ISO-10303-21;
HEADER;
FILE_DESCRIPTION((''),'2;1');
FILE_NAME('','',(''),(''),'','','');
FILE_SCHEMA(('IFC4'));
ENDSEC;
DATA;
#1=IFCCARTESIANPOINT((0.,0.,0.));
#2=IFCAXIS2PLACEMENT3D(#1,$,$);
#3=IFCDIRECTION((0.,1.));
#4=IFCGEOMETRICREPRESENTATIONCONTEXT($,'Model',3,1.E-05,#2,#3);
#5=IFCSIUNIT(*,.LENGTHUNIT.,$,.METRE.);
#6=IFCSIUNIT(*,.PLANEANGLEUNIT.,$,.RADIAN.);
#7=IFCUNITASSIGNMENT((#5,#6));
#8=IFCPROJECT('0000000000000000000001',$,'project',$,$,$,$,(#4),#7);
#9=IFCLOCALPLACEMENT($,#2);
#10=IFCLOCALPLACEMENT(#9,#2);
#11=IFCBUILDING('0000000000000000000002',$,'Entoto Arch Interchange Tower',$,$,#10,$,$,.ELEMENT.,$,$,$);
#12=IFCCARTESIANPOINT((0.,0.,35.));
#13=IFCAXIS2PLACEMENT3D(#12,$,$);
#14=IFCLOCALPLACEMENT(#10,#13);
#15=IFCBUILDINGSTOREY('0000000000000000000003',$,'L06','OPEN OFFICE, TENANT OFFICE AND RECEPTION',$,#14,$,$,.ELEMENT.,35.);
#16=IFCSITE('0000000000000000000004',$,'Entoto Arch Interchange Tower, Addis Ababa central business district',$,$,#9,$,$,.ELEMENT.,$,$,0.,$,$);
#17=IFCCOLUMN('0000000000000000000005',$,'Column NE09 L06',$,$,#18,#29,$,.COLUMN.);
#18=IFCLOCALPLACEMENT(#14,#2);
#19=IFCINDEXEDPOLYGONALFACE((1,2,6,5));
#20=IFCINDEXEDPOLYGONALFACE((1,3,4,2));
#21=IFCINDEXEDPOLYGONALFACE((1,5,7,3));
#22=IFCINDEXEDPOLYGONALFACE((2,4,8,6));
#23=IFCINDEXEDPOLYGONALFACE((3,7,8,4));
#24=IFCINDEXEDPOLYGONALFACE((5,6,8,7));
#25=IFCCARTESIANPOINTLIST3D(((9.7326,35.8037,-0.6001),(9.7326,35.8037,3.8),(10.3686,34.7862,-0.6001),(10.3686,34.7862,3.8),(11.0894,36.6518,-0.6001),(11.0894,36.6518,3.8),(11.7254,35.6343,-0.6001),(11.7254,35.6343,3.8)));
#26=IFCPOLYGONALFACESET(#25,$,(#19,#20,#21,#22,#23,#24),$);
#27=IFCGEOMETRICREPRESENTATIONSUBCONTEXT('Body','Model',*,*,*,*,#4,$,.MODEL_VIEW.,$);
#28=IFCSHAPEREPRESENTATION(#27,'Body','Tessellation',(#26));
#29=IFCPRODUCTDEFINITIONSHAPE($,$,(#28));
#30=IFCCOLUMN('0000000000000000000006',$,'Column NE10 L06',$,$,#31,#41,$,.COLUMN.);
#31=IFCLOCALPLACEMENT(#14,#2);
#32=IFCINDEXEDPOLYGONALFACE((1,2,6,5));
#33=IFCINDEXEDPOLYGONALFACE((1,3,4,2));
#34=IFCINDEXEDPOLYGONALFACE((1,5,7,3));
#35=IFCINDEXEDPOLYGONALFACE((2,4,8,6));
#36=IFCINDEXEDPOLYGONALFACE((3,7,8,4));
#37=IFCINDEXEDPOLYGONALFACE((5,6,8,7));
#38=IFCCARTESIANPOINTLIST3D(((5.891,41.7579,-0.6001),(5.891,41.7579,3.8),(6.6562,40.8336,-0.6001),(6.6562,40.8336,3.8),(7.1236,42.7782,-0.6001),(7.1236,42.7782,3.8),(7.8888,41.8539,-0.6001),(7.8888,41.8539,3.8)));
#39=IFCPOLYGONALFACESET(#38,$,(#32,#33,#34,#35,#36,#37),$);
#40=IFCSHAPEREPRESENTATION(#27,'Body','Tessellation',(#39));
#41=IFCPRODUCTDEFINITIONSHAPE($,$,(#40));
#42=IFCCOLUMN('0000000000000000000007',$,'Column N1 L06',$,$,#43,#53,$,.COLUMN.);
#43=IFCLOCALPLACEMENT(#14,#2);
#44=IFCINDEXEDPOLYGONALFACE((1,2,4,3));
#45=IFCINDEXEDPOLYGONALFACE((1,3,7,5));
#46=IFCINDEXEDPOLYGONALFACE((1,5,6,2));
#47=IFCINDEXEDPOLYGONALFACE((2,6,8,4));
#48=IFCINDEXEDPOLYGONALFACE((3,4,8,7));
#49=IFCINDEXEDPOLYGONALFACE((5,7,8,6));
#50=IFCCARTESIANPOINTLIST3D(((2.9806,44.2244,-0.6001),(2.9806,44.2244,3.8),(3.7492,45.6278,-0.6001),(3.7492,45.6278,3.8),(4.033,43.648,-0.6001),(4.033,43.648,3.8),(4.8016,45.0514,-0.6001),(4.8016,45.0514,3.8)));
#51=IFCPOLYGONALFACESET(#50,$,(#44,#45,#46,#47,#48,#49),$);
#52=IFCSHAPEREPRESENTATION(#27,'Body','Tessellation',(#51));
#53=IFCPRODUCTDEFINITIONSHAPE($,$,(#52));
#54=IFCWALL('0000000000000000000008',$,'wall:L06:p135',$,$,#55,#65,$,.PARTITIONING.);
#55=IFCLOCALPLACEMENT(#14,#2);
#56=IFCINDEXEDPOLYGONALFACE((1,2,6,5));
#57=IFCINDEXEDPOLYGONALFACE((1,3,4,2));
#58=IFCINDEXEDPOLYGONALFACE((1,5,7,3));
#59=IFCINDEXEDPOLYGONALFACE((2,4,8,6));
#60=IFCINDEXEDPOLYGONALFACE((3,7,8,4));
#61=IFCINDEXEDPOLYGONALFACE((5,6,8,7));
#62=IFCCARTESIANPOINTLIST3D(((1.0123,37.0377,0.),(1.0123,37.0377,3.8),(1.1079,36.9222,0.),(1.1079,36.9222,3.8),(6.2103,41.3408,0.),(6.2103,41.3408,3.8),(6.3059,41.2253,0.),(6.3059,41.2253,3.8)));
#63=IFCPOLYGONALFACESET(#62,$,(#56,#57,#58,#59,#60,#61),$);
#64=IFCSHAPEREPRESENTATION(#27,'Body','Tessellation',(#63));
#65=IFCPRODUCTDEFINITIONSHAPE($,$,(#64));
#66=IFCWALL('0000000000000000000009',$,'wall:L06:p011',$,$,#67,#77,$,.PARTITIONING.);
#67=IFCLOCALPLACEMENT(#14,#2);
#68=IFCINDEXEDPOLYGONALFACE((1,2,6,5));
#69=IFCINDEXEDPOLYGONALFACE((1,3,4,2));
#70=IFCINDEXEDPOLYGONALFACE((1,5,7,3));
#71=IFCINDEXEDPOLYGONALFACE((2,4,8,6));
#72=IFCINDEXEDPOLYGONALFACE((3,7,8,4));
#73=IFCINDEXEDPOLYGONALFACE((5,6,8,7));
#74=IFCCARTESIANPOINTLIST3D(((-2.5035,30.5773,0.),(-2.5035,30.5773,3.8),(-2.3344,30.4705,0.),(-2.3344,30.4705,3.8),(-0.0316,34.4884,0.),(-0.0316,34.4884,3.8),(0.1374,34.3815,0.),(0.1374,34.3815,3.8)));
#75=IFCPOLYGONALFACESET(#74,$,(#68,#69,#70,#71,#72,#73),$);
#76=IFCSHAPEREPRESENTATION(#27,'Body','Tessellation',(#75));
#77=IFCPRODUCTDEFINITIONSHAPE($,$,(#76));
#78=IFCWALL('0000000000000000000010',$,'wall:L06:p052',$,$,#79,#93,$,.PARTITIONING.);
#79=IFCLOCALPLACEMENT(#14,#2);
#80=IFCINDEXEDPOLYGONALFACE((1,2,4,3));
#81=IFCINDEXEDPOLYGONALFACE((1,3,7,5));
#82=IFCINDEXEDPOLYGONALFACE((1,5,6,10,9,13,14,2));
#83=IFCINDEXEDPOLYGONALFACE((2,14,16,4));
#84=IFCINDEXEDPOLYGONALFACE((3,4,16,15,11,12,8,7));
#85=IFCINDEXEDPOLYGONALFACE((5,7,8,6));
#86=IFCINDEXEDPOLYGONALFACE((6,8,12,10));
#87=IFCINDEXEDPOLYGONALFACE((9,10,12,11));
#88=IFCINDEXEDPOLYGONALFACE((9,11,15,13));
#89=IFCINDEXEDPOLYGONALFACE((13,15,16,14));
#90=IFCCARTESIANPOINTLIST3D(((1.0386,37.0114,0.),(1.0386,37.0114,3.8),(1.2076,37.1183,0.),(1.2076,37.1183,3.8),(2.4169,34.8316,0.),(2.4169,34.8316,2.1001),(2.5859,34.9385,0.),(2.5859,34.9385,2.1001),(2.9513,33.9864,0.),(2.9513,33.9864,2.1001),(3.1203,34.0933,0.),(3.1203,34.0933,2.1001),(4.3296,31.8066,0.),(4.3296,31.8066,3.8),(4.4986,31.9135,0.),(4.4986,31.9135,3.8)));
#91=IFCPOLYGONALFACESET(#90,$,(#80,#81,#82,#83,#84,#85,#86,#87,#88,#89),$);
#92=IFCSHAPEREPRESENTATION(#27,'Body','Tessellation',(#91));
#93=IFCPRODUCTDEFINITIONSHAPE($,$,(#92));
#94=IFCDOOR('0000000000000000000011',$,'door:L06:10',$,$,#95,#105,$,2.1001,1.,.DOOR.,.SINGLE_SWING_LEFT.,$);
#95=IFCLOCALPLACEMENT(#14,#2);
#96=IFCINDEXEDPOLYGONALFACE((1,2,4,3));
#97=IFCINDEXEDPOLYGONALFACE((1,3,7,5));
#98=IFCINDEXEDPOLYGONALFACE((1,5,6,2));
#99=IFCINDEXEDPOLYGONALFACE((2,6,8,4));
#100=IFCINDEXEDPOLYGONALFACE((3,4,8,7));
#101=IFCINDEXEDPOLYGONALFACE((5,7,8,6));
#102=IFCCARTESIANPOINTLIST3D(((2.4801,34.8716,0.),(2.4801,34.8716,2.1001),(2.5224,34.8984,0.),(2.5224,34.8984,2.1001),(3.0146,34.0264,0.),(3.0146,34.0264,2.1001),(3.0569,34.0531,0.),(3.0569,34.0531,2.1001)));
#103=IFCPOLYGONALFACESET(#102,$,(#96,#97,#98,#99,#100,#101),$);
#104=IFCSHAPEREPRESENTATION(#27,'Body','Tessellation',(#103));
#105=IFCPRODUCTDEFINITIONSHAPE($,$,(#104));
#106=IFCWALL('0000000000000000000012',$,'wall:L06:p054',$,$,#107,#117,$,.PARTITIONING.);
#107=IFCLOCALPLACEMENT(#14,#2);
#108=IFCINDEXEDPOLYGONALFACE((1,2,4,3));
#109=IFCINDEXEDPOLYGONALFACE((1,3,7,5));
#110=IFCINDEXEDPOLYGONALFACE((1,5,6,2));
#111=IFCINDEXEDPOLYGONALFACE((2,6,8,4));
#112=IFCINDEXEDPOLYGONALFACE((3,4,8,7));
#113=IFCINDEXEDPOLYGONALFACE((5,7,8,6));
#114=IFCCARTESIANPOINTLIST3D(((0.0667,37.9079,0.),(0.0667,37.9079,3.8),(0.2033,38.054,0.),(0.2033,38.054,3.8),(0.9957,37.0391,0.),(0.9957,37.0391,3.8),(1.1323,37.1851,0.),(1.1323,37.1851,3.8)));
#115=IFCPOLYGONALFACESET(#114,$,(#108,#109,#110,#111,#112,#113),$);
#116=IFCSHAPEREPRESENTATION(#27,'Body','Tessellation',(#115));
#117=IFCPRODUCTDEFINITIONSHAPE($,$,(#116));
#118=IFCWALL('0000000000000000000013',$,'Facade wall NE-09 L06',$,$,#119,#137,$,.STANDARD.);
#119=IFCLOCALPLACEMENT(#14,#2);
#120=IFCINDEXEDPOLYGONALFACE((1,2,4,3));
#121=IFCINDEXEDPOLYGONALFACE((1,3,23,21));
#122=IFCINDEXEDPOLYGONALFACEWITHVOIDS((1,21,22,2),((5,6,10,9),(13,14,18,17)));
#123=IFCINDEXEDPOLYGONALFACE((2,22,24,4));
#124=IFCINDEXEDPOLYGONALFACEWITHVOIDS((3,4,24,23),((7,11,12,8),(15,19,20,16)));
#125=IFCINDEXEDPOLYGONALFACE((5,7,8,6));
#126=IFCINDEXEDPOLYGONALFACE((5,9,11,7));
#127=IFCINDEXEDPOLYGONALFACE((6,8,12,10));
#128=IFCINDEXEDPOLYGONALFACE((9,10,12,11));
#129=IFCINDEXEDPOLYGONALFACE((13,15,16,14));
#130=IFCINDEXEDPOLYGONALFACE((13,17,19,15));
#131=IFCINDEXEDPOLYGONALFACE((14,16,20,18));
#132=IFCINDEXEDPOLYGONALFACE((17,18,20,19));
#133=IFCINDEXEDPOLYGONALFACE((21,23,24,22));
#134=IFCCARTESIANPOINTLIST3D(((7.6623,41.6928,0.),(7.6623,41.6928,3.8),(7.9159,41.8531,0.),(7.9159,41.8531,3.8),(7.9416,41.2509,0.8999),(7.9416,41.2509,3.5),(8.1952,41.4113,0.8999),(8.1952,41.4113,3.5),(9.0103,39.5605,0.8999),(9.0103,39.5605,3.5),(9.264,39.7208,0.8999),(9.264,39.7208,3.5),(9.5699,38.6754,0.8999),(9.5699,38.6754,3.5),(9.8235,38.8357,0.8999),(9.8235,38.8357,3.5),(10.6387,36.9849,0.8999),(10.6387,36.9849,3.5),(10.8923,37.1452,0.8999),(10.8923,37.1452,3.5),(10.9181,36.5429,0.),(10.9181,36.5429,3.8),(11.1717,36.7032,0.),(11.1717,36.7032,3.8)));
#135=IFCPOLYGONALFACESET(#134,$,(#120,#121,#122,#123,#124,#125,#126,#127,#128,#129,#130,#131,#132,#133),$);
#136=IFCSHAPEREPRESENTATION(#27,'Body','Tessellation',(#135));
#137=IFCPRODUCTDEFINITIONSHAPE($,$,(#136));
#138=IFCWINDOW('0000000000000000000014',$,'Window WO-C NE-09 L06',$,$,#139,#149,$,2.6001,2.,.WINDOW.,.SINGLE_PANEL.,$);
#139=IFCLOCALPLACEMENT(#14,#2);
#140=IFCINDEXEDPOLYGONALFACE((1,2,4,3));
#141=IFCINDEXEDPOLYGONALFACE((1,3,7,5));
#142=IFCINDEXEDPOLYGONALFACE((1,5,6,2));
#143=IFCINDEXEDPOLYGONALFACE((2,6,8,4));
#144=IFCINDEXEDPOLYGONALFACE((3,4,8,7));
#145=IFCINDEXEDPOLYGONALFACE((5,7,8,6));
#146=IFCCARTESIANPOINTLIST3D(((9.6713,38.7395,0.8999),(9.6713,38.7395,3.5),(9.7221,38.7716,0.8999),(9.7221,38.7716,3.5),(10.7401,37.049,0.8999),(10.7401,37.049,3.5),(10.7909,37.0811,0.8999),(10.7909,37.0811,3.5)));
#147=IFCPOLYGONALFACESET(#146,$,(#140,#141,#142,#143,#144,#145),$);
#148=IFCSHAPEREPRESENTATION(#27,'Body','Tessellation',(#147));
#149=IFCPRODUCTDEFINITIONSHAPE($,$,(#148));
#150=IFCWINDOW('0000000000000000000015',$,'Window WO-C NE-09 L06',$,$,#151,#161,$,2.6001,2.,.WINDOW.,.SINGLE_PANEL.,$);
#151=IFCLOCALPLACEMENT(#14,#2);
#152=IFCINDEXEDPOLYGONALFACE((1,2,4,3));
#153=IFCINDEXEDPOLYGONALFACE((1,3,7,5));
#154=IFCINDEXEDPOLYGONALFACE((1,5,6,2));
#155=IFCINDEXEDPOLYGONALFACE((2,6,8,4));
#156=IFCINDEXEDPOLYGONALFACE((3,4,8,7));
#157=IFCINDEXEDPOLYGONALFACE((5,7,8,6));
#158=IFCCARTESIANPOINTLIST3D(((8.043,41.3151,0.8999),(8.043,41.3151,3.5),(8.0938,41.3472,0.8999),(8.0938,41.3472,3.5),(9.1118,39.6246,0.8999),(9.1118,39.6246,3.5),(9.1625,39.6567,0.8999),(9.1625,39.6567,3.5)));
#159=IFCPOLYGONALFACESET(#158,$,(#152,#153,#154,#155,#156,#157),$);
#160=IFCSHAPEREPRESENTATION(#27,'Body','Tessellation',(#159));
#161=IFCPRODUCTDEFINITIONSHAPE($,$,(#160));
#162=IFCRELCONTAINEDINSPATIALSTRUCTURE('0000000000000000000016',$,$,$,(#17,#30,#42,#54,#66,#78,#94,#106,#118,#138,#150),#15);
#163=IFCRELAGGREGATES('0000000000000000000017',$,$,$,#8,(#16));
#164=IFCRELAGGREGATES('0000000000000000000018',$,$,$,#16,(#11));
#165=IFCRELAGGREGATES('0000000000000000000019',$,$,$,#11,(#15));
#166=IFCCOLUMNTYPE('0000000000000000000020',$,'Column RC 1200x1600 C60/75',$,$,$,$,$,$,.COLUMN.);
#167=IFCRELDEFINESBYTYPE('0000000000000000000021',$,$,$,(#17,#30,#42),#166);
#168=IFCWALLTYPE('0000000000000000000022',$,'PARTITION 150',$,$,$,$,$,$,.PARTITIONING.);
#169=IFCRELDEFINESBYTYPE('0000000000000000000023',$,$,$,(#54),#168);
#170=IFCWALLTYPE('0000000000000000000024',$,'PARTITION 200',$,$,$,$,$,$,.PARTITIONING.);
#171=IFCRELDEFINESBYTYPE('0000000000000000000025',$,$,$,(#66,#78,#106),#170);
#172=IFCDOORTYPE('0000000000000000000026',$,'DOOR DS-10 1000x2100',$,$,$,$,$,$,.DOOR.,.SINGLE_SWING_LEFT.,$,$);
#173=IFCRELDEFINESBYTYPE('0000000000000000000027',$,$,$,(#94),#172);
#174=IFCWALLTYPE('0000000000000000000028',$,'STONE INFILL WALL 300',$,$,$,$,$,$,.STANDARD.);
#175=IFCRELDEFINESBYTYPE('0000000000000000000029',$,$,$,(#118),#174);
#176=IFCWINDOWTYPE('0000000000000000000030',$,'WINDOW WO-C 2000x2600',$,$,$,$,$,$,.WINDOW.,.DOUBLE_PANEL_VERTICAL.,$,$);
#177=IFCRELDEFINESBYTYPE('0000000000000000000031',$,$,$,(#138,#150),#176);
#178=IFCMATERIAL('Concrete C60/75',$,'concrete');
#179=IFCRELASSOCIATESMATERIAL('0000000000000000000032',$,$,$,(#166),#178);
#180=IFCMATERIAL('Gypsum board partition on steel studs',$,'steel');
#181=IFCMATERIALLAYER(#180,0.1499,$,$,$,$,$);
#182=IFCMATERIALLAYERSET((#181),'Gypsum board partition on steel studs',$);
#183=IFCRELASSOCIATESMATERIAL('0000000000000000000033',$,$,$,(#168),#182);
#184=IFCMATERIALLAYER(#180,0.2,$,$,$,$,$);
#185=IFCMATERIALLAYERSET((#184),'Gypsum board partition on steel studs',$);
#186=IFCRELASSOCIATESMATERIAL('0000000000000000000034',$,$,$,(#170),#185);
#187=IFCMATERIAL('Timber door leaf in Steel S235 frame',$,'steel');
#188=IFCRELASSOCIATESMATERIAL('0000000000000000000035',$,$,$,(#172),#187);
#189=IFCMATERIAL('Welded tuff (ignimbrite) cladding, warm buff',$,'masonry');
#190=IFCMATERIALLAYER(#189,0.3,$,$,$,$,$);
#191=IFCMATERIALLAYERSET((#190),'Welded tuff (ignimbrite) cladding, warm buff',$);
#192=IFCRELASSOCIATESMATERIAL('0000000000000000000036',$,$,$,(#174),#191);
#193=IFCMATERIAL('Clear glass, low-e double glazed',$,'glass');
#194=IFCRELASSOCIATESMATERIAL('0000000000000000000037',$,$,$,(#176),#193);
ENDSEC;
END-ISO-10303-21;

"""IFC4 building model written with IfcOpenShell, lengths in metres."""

from ifc_helpers import new_model, si_unit, direction, frame, frame_2d, origin, origin_2d, place, context, subcontext, project, spatial, rectangle, extrude, material, layer, layer_set, material_profile, profile_set, type_object, element, fill, save


model = new_model("IFC4")

# Units and contexts
model_context = context("Model", 3, precision=1e-05, world=origin(), true_north=direction((0.0, 1.0)))
body_context = subcontext(model_context, "Body", "Model", "MODEL_VIEW")
ifc_project = project(units=[si_unit("LENGTHUNIT", "METRE"), si_unit("PLANEANGLEUNIT", "RADIAN")], contexts=[model_context])

# Site, building, storey
site_placement = place(None, origin())
site = spatial("IfcSite", under=ifc_project, at=site_placement, Name="Entoto Arch Interchange Tower, Addis Ababa central business district", CompositionType="ELEMENT", RefElevation=0.0)
building_placement = place(site_placement, origin())
building = spatial("IfcBuilding", under=site, at=building_placement, Name="Entoto Arch Interchange Tower", CompositionType="ELEMENT")
storey_placement = place(building_placement, frame((0.0, 0.0, 35.0)))
storey = spatial("IfcBuildingStorey", under=building, at=storey_placement, Name="L06", Description="OPEN OFFICE, TENANT OFFICE AND RECEPTION", CompositionType="ELEMENT", Elevation=35.0)

# Columns
ifc_material_1 = material(Name="Concrete C60/75", Category="concrete")
ifc_material_profile = material_profile(ifc_material_1, rectangle(XDim=1.2, YDim=1.6001, at=origin_2d()))
ifc_profile_set = profile_set([ifc_material_profile], Name="Concrete C60/75")
column_type = type_object("IfcColumnType", Name="Column RC 1200x1600 C60/75", PredefinedType="COLUMN", material=ifc_profile_set)
for number, where, z_axis, x_axis, name in (
    (1, (10.729, 35.719, -0.6001), (0.0, 0.0, 1.0), (-0.530067, 0.847956, 0.0), "Column NE09 L06"),
    (2, (6.8899, 41.8059, -0.6001), (0.0, 0.0, 1.0), (-0.637666, 0.770313, 0.0), "Column NE10 L06"),
    (3, (3.8911, 44.6379, -0.6001), (0.0, 0.0, 1.0), (-0.877079, 0.480346, 0.0), "Column N1 L06"),
):
    element("IfcColumn", number, at=place(storey_placement, frame(where, z_axis=z_axis, x_axis=x_axis)), inside=storey, type_object=column_type, Name=name, PredefinedType="COLUMN", context=body_context, shape_type="SweptSolid", body=[
        extrude(rectangle(XDim=1.2, YDim=1.6001, at=origin_2d()), origin(), (0.0, 0.0, 1.0), 4.4001),
    ])

# Walls
ifc_material_2 = material(Name="Gypsum board partition on steel studs", Category="steel")
ifc_layer_1 = layer(ifc_material_2, 0.1499)
ifc_layer_set_1 = layer_set([ifc_layer_1], Name="Gypsum board partition on steel studs")
wall_type_1 = type_object("IfcWallType", Name="PARTITION 150", PredefinedType="PARTITIONING", material=ifc_layer_set_1)
wall_1_placement = place(storey_placement, frame((1.0601, 36.98, 0.0), z_axis=(0.0, 0.0, 1.0), x_axis=(0.770308, 0.637672, 0.0)))
element("IfcWall", 4, at=wall_1_placement, inside=storey, type_object=wall_type_1, Name="wall:L06:p135", PredefinedType="PARTITIONING", context=body_context, shape_type="SweptSolid", body=[
    extrude(rectangle(XDim=6.748, YDim=0.1499, at=frame_2d((3.374, 0.0))), origin(), (0.0, 0.0, 1.0), 3.8),
])
ifc_layer_2 = layer(ifc_material_2, 0.2)
ifc_layer_set_2 = layer_set([ifc_layer_2], Name="Gypsum board partition on steel studs")
wall_type_2 = type_object("IfcWallType", Name="PARTITION 200", PredefinedType="PARTITIONING", material=ifc_layer_set_2)
wall_2_placement = place(storey_placement, frame((0.053, 34.4351, 0.0), z_axis=(0.0, 0.0, 1.0), x_axis=(-0.534261, -0.84532, 0.0)))
element("IfcWall", 5, at=wall_2_placement, inside=storey, type_object=wall_type_2, Name="wall:L06:p011", PredefinedType="PARTITIONING", context=body_context, shape_type="SweptSolid", body=[
    extrude(rectangle(XDim=4.6267, YDim=0.2, at=frame_2d((2.3135, 0.0))), origin(), (0.0, 0.0, 1.0), 3.8),
])

# Wall, opening, door
wall_3_placement = place(storey_placement, frame((1.123, 37.0649, 0.0), z_axis=(0.0, 0.0, 1.0), x_axis=(0.534428, -0.845214, 0.0)))
wall_3 = element("IfcWall", 6, at=wall_3_placement, inside=storey, type_object=wall_type_2, Name="wall:L06:p052", PredefinedType="PARTITIONING", context=body_context, shape_type="SweptSolid", body=[
    extrude(rectangle(XDim=6.158, YDim=0.2, at=frame_2d((3.0791, 0.0))), origin(), (0.0, 0.0, 1.0), 3.8),
])
opening_1_placement = place(wall_3_placement, frame((2.5791, 0.0, 0.0)))
opening_1 = element("IfcOpeningElement", 7, at=opening_1_placement, cuts=wall_3, PredefinedType="OPENING", context=body_context, shape_type="SweptSolid", body=[
    extrude(rectangle(XDim=1.0, YDim=2.1001, at=frame_2d((0.5, 1.05))), frame((0.0, 0.1099, 0.0), z_axis=(0.0, -1.0, 0.0), x_axis=(1.0, 0.0, 0.0)), (0.0, 0.0, 1.0), 0.22),
])
ifc_material_3 = material(Name="Timber door leaf in Steel S235 frame", Category="steel")
door_type = type_object("IfcDoorType", Name="DOOR DS-10 1000x2100", OperationType="SINGLE_SWING_LEFT", PredefinedType="DOOR", material=ifc_material_3)
door_placement = place(opening_1_placement, origin())
door = element("IfcDoor", 8, at=door_placement, inside=storey, type_object=door_type, Name="door:L06:10", OperationType="SINGLE_SWING_LEFT", OverallHeight=2.1001, OverallWidth=1.0, PredefinedType="DOOR", context=body_context, shape_type="SweptSolid", body=[
    extrude(rectangle(XDim=1.0, YDim=2.1001, at=frame_2d((0.5, 1.05))), frame((0.0, 0.0249, 0.0), z_axis=(0.0, -1.0, 0.0), x_axis=(1.0, 0.0, 0.0)), (0.0, 0.0, 1.0), 0.05),
])
fill(opening_1, door)

# Wall
wall_4_placement = place(storey_placement, frame((0.135, 37.981, 0.0), z_axis=(0.0, 0.0, 1.0), x_axis=(0.730321, -0.683104, 0.0)))
element("IfcWall", 9, at=wall_4_placement, inside=storey, type_object=wall_type_2, Name="wall:L06:p054", PredefinedType="PARTITIONING", context=body_context, shape_type="SweptSolid", body=[
    extrude(rectangle(XDim=1.272, YDim=0.2, at=frame_2d((0.636, 0.0))), origin(), (0.0, 0.0, 1.0), 3.8),
])

# Wall, openings, windows
ifc_material_4 = material(Name="Welded tuff (ignimbrite) cladding, warm buff", Category="masonry")
ifc_layer_3 = layer(ifc_material_4, 0.3)
ifc_layer_set_3 = layer_set([ifc_layer_3], Name="Welded tuff (ignimbrite) cladding, warm buff")
wall_type_3 = type_object("IfcWallType", Name="STONE INFILL WALL 300", PredefinedType="STANDARD", material=ifc_layer_set_3)
wall_5_placement = place(storey_placement, frame((11.0449, 36.623, 0.0), z_axis=(0.0, 0.0, 1.0), x_axis=(-0.534379, 0.845245, 0.0)))
wall_5 = element("IfcWall", 10, at=wall_5_placement, inside=storey, type_object=wall_type_3, Name="Facade wall NE-09 L06", PredefinedType="STANDARD", context=body_context, shape_type="SweptSolid", body=[
    extrude(rectangle(XDim=6.0928, YDim=0.3, at=frame_2d((3.0464, 0.0))), origin(), (0.0, 0.0, 1.0), 3.8),
])
opening_2_placement = place(wall_5_placement, frame((0.5229, 0.0, 0.8999)))
opening_2 = element("IfcOpeningElement", 11, at=opening_2_placement, cuts=wall_5, PredefinedType="OPENING", context=body_context, shape_type="SweptSolid", body=[
    extrude(rectangle(XDim=2.0, YDim=2.6001, at=frame_2d((1.0, 1.3))), frame((0.0, 0.1602, 0.0), z_axis=(0.0, -1.0, 0.0), x_axis=(1.0, 0.0, 0.0)), (0.0, 0.0, 1.0), 0.3201),
])
opening_3_placement = place(wall_5_placement, frame((3.5701, 0.0, 0.8999)))
opening_3 = element("IfcOpeningElement", 12, at=opening_3_placement, cuts=wall_5, PredefinedType="OPENING", context=body_context, shape_type="SweptSolid", body=[
    extrude(rectangle(XDim=2.0, YDim=2.6001, at=frame_2d((1.0, 1.3))), frame((0.0, 0.1602, 0.0), z_axis=(0.0, -1.0, 0.0), x_axis=(1.0, 0.0, 0.0)), (0.0, 0.0, 1.0), 0.3201),
])
ifc_material_5 = material(Name="Clear glass, low-e double glazed", Category="glass")
window_type_1 = type_object("IfcWindowType", Name="WINDOW WO-C 2000x2600", PartitioningType="DOUBLE_PANEL_VERTICAL", PredefinedType="WINDOW", material=ifc_material_5)
window_1_placement = place(opening_2_placement, origin())
window_1 = element("IfcWindow", 13, at=window_1_placement, inside=storey, type_object=window_type_1, Name="Window WO-C NE-09 L06", OverallHeight=2.6001, OverallWidth=2.0, PartitioningType="SINGLE_PANEL", PredefinedType="WINDOW", context=body_context, shape_type="SweptSolid", body=[
    extrude(rectangle(XDim=2.0, YDim=2.6001, at=frame_2d((1.0, 1.3))), frame((0.0, 0.03, 0.0), z_axis=(0.0, -1.0, 0.0), x_axis=(1.0, 0.0, 0.0)), (0.0, 0.0, 1.0), 0.0601),
])
fill(opening_2, window_1)
window_2_placement = place(opening_3_placement, origin())
window_2 = element("IfcWindow", 14, at=window_2_placement, inside=storey, type_object=window_type_1, Name="Window WO-C NE-09 L06", OverallHeight=2.6001, OverallWidth=2.0, PartitioningType="SINGLE_PANEL", PredefinedType="WINDOW", context=body_context, shape_type="SweptSolid", body=[
    extrude(rectangle(XDim=2.0, YDim=2.6001, at=frame_2d((1.0, 1.3))), frame((0.0, 0.03, 0.0), z_axis=(0.0, -1.0, 0.0), x_axis=(1.0, 0.0, 0.0)), (0.0, 0.0, 1.0), 0.0601),
])
fill(opening_3, window_2)

save(model, "model.ifc")
